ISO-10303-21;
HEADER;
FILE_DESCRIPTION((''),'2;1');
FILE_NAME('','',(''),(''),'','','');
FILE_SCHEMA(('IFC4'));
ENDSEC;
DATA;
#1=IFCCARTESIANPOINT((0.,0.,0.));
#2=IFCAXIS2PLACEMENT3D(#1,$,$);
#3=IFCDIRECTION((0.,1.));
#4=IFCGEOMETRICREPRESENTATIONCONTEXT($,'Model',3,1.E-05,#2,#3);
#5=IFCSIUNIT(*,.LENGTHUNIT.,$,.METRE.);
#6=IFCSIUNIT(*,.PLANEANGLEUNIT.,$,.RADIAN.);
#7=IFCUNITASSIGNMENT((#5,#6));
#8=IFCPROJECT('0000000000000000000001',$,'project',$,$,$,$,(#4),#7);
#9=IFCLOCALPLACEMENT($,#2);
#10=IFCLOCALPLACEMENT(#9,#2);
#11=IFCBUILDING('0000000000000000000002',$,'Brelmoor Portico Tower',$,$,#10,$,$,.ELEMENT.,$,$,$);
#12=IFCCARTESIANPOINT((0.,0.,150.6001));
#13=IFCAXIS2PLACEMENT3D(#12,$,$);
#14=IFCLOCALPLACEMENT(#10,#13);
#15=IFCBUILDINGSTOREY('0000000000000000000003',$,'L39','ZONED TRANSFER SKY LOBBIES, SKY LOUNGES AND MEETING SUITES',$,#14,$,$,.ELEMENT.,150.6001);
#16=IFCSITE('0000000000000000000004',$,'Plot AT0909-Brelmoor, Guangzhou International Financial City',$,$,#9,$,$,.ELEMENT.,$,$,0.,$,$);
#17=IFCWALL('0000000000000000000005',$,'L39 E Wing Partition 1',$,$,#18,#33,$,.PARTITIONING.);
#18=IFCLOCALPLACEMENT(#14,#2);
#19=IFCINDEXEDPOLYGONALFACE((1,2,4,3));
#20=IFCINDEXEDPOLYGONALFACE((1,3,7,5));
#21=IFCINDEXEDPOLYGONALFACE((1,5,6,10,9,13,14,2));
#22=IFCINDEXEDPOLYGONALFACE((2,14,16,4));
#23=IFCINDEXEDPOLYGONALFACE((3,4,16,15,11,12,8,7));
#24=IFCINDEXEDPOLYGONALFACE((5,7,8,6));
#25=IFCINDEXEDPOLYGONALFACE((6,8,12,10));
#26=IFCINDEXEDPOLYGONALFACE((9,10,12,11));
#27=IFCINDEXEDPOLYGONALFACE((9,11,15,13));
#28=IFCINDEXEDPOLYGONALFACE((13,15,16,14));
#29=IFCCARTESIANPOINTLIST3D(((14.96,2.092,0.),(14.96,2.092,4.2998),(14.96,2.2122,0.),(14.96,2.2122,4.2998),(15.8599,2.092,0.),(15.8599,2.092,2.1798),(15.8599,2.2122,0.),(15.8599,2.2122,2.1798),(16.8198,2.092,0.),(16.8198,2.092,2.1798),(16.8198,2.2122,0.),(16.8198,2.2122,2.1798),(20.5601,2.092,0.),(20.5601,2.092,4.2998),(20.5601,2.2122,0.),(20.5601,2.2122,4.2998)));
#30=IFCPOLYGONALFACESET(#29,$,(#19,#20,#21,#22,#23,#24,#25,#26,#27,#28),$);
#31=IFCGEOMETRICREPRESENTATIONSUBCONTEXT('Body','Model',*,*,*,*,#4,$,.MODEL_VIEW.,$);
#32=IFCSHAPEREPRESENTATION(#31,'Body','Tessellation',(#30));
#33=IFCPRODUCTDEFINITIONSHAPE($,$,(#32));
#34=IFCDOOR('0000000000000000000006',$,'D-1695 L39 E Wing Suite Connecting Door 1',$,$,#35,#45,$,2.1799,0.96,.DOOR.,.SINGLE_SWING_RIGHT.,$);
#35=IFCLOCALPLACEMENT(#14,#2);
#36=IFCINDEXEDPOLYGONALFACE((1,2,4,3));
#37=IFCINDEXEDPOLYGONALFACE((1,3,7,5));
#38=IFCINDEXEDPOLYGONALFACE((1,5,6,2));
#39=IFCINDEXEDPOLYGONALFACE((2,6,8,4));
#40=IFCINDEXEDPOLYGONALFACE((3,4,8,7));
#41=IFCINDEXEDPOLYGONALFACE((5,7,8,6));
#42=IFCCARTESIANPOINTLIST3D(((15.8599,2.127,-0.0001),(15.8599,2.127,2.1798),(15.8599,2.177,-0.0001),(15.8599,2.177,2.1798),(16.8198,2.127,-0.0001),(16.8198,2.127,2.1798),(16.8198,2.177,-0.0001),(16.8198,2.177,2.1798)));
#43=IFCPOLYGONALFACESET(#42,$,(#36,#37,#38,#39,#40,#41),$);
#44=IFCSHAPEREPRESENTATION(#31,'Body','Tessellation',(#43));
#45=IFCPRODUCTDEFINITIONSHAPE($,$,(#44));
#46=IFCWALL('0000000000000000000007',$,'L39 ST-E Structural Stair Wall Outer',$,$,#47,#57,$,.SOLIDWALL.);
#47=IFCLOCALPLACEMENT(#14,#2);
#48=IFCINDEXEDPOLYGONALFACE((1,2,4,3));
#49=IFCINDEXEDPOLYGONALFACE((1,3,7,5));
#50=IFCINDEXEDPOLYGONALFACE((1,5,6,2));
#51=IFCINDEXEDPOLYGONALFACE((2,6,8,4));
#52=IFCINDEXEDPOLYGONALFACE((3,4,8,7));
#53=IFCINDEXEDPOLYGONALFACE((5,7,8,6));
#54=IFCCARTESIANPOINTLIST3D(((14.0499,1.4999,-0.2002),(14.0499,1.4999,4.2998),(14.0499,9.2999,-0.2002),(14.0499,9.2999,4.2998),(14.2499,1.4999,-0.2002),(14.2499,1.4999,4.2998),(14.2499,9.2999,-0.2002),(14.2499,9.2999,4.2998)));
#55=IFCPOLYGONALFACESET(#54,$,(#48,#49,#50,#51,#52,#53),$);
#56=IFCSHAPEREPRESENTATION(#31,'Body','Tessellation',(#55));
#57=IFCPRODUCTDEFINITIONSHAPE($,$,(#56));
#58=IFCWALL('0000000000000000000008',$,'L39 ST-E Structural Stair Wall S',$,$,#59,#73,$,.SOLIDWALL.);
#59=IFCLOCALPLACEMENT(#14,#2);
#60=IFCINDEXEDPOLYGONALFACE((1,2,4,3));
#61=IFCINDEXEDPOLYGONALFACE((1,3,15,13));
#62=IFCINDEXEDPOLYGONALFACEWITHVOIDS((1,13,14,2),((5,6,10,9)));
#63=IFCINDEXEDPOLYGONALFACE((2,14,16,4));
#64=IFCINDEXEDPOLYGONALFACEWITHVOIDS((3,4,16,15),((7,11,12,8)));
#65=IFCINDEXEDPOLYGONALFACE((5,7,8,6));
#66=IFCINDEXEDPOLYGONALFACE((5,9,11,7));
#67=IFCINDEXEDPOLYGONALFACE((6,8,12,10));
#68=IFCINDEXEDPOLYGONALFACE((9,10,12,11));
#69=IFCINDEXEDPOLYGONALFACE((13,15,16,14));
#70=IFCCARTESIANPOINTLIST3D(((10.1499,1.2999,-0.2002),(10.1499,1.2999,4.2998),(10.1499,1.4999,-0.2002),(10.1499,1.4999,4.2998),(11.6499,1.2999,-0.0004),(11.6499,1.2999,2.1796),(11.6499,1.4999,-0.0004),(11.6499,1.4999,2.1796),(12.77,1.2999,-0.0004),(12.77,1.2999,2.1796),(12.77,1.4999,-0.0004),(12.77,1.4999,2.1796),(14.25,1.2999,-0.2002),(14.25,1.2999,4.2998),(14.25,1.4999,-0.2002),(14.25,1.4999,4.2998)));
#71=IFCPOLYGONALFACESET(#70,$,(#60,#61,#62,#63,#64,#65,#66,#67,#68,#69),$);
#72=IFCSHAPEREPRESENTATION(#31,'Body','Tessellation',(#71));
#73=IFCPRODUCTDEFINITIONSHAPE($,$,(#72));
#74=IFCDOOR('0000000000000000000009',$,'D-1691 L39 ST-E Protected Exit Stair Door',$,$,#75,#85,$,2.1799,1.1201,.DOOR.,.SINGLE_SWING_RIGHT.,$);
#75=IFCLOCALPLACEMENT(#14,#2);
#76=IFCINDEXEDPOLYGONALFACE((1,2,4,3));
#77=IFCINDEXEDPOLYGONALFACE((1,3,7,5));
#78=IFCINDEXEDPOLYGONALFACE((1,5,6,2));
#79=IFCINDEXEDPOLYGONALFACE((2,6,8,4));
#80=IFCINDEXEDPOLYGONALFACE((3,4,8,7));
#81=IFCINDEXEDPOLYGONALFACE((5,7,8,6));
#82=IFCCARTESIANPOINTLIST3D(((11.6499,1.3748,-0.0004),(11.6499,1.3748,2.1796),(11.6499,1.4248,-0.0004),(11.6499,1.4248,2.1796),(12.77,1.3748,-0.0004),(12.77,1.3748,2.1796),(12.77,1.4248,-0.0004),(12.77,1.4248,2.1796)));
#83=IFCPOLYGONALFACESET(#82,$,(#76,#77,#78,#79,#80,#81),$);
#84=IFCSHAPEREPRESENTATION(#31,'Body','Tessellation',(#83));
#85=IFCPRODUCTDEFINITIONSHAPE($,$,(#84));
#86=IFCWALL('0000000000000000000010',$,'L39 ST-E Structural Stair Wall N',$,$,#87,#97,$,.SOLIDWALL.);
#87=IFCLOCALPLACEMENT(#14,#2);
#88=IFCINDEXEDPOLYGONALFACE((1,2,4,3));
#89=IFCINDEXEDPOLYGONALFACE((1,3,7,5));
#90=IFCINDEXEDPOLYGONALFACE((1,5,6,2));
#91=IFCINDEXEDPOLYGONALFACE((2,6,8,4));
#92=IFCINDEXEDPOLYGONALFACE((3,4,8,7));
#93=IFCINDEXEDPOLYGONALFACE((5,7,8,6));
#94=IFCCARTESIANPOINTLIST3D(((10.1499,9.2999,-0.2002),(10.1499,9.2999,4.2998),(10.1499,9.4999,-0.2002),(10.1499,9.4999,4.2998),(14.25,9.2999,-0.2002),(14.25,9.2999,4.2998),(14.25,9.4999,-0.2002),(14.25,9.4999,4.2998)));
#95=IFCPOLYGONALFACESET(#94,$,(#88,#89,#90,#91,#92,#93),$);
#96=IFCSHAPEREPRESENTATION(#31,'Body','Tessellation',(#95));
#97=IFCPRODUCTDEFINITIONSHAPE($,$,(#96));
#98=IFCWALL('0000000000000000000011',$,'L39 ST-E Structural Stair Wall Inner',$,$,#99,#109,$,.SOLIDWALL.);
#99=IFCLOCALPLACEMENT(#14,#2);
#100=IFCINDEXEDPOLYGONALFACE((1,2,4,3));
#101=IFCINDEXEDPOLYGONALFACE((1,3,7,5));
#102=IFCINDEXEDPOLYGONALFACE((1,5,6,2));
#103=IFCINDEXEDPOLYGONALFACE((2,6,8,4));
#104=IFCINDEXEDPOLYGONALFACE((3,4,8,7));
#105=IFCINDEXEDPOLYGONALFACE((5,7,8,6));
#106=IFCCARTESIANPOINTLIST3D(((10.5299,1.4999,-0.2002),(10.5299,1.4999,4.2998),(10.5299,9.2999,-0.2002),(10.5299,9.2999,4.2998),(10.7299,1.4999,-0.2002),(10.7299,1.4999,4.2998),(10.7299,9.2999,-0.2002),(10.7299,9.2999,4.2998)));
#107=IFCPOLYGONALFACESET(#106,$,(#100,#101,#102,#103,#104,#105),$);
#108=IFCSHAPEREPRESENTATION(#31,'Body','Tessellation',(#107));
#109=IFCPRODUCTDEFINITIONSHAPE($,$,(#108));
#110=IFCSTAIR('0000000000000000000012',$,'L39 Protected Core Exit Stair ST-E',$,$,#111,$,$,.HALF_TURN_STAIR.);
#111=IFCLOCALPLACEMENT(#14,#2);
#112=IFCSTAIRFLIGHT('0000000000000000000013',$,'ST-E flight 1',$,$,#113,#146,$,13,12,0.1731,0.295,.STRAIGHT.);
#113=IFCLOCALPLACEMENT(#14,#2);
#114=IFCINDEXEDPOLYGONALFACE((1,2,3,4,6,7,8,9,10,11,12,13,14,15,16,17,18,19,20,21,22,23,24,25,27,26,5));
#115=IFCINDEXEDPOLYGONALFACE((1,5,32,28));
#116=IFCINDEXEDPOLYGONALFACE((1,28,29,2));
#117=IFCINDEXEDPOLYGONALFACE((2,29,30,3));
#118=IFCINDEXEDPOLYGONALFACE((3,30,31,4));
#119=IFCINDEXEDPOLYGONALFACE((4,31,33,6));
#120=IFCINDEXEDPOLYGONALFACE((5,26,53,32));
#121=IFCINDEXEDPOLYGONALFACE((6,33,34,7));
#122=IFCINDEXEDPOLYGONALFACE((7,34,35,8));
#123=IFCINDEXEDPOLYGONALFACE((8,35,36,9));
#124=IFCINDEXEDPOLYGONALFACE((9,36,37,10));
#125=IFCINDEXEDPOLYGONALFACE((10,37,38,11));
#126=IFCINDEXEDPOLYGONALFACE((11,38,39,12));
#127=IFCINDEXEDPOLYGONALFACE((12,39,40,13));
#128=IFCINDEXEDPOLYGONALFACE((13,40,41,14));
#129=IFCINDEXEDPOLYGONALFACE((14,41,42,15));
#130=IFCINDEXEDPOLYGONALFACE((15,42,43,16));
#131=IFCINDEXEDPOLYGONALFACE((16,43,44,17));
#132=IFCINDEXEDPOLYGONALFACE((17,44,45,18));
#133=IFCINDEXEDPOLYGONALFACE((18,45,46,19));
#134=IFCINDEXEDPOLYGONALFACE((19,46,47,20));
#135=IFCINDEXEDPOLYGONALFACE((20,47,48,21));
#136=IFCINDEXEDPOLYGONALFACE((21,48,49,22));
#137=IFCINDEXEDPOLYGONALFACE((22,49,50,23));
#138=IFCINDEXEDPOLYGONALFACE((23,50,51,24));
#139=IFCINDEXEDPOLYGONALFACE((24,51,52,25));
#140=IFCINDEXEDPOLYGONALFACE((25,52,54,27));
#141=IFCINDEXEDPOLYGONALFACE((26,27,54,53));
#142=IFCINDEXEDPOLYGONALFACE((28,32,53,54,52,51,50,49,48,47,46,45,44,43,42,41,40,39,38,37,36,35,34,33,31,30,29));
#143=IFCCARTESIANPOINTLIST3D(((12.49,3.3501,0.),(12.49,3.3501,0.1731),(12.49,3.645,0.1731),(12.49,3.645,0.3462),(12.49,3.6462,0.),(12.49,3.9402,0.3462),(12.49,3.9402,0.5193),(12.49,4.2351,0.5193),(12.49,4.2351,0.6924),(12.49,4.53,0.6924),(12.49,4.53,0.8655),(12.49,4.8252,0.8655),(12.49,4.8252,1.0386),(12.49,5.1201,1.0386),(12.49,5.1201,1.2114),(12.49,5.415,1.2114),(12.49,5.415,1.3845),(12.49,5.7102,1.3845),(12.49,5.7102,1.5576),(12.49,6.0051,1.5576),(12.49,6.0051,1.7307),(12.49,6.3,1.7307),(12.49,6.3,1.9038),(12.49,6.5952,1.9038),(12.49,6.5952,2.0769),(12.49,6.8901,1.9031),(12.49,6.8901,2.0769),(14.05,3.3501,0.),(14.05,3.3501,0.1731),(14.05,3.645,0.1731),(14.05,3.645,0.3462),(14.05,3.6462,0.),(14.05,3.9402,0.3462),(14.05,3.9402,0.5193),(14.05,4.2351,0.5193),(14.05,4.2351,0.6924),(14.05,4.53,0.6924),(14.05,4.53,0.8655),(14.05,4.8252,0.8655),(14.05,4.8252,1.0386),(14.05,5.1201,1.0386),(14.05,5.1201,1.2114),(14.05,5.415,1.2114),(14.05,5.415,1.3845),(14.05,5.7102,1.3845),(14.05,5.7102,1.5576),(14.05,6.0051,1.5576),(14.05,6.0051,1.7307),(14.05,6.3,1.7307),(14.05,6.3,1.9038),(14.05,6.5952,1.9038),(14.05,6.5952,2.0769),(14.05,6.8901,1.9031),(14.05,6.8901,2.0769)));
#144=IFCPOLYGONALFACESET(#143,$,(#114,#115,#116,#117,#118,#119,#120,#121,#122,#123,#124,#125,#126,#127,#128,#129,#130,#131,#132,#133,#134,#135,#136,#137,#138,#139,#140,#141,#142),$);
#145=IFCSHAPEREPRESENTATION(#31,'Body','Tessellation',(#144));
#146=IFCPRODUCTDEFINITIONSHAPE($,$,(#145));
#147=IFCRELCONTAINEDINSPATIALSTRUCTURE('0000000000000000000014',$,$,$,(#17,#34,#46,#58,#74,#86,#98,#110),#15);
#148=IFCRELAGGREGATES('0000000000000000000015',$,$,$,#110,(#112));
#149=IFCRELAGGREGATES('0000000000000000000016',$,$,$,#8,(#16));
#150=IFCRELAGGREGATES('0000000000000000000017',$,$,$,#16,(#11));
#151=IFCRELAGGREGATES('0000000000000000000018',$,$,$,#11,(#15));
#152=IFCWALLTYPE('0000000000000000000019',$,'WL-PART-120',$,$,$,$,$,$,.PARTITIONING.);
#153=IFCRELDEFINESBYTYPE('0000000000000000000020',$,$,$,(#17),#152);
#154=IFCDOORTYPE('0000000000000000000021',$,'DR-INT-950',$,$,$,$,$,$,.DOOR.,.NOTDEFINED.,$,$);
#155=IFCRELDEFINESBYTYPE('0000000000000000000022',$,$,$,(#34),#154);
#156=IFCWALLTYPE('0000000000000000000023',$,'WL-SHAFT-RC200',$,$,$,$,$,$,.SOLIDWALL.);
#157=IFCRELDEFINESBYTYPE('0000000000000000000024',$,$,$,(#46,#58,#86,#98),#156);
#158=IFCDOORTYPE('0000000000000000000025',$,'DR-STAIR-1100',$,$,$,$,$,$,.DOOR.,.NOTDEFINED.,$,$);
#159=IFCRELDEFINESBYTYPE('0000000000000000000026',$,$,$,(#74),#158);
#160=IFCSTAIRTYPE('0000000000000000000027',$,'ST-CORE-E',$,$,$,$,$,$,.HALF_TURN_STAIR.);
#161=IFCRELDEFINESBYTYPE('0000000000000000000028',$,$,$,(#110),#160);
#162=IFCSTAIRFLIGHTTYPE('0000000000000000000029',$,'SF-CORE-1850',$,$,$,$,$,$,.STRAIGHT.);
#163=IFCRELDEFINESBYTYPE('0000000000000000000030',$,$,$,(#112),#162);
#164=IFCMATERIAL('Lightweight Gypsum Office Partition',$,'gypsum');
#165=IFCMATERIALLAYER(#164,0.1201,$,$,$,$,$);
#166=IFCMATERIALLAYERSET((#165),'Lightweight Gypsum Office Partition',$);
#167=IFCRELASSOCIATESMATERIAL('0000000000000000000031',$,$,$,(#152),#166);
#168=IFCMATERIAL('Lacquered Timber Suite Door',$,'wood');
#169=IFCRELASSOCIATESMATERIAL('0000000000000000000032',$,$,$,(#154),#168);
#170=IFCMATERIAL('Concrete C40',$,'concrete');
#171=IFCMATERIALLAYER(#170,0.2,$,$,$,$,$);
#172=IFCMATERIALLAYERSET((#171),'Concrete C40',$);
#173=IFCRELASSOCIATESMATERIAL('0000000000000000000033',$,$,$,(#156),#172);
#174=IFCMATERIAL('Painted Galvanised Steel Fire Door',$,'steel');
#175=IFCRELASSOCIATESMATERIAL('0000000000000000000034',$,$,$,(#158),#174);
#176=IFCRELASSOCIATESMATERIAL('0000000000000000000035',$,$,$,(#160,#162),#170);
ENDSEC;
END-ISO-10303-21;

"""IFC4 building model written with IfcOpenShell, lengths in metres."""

from ifc_helpers import new_model, si_unit, direction, frame, frame_2d, origin, place, context, subcontext, project, spatial, polyline, rectangle, outline, extrude, material, layer, layer_set, type_object, element, fill, aggregate, save


model = new_model("IFC4")

# Units and contexts
model_context = context("Model", 3, precision=1e-05, world=origin(), true_north=direction((0.0, 1.0)))
body_context = subcontext(model_context, "Body", "Model", "MODEL_VIEW")
ifc_project = project(units=[si_unit("LENGTHUNIT", "METRE"), si_unit("PLANEANGLEUNIT", "RADIAN")], contexts=[model_context])

# Site, building, storey
site_placement = place(None, origin())
site = spatial("IfcSite", under=ifc_project, at=site_placement, Name="Plot AT0909-Brelmoor, Guangzhou International Financial City", CompositionType="ELEMENT", RefElevation=0.0)
building_placement = place(site_placement, origin())
building = spatial("IfcBuilding", under=site, at=building_placement, Name="Brelmoor Portico Tower", CompositionType="ELEMENT")
storey_placement = place(building_placement, frame((0.0, 0.0, 150.6001)))
storey = spatial("IfcBuildingStorey", under=building, at=storey_placement, Name="L39", Description="ZONED TRANSFER SKY LOBBIES, SKY LOUNGES AND MEETING SUITES", CompositionType="ELEMENT", Elevation=150.6001)

# Wall, opening, door
ifc_material_1 = material(Name="Lightweight Gypsum Office Partition", Category="gypsum")
ifc_layer_1 = layer(ifc_material_1, 0.1201)
ifc_layer_set_1 = layer_set([ifc_layer_1], Name="Lightweight Gypsum Office Partition")
wall_type_1 = type_object("IfcWallType", Name="WL-PART-120", PredefinedType="PARTITIONING", material=ifc_layer_set_1)
wall_1_placement = place(storey_placement, frame((14.96, 2.1521, 0.0), z_axis=(0.0, 0.0, 1.0), x_axis=(1.0, 0.0, 0.0)))
wall_1 = element("IfcWall", 1, at=wall_1_placement, inside=storey, type_object=wall_type_1, Name="L39 E Wing Partition 1", PredefinedType="PARTITIONING", context=body_context, shape_type="SweptSolid", body=[
    extrude(rectangle(XDim=5.6001, YDim=0.1201, at=frame_2d((2.8, 0.0))), origin(), (0.0, 0.0, 1.0), 4.2998),
])
opening_1_placement = place(wall_1_placement, frame((0.8999, 0.0, 0.0)))
opening_1 = element("IfcOpeningElement", 2, at=opening_1_placement, cuts=wall_1, PredefinedType="OPENING", context=body_context, shape_type="SweptSolid", body=[
    extrude(rectangle(XDim=0.96, YDim=2.1799, at=frame_2d((0.48, 1.0898))), frame((0.0, 0.0701, 0.0), z_axis=(0.0, -1.0, 0.0), x_axis=(1.0, 0.0, 0.0)), (0.0, 0.0, 1.0), 0.1401),
])
ifc_material_2 = material(Name="Lacquered Timber Suite Door", Category="wood")
door_type_1 = type_object("IfcDoorType", Name="DR-INT-950", OperationType="NOTDEFINED", PredefinedType="DOOR", material=ifc_material_2)
door_1_placement = place(opening_1_placement, origin())
door_1 = element("IfcDoor", 3, at=door_1_placement, inside=storey, type_object=door_type_1, Name="D-1695 L39 E Wing Suite Connecting Door 1", OperationType="SINGLE_SWING_RIGHT", OverallHeight=2.1799, OverallWidth=0.96, PredefinedType="DOOR", context=body_context, shape_type="SweptSolid", body=[
    extrude(rectangle(XDim=0.96, YDim=2.1799, at=frame_2d((0.48, 1.0898))), frame((0.0, 0.0249, 0.0), z_axis=(0.0, -1.0, 0.0), x_axis=(1.0, 0.0, 0.0)), (0.0, 0.0, 1.0), 0.05),
])
fill(opening_1, door_1)

# Wall
ifc_material_3 = material(Name="Concrete C40", Category="concrete")
ifc_layer_2 = layer(ifc_material_3, 0.2)
ifc_layer_set_2 = layer_set([ifc_layer_2], Name="Concrete C40")
wall_type_2 = type_object("IfcWallType", Name="WL-SHAFT-RC200", PredefinedType="SOLIDWALL", material=ifc_layer_set_2)
wall_2_placement = place(storey_placement, frame((14.1499, 1.5, -0.2002), z_axis=(0.0, 0.0, 1.0), x_axis=(0.0, 1.0, 0.0)))
element("IfcWall", 4, at=wall_2_placement, inside=storey, type_object=wall_type_2, Name="L39 ST-E Structural Stair Wall Outer", PredefinedType="SOLIDWALL", context=body_context, shape_type="SweptSolid", body=[
    extrude(rectangle(XDim=7.8, YDim=0.2, at=frame_2d((3.8999, 0.0))), origin(), (0.0, 0.0, 1.0), 4.5),
])

# Wall, opening, door
wall_3_placement = place(storey_placement, frame((10.1499, 1.3999, -0.2002), z_axis=(0.0, 0.0, 1.0), x_axis=(1.0, 0.0, 0.0)))
wall_3 = element("IfcWall", 5, at=wall_3_placement, inside=storey, type_object=wall_type_2, Name="L39 ST-E Structural Stair Wall S", PredefinedType="SOLIDWALL", context=body_context, shape_type="SweptSolid", body=[
    extrude(rectangle(XDim=4.1001, YDim=0.2, at=frame_2d((2.05, 0.0))), origin(), (0.0, 0.0, 1.0), 4.5),
])
opening_2_placement = place(wall_3_placement, frame((1.5, 0.0, 0.2)))
opening_2 = element("IfcOpeningElement", 6, at=opening_2_placement, cuts=wall_3, PredefinedType="OPENING", context=body_context, shape_type="SweptSolid", body=[
    extrude(rectangle(XDim=1.1201, YDim=2.1799, at=frame_2d((0.5601, 1.0898))), frame((0.0, 0.1099, 0.0), z_axis=(0.0, -1.0, 0.0), x_axis=(1.0, 0.0, 0.0)), (0.0, 0.0, 1.0), 0.22),
])
ifc_material_4 = material(Name="Painted Galvanised Steel Fire Door", Category="steel")
door_type_2 = type_object("IfcDoorType", Name="DR-STAIR-1100", OperationType="NOTDEFINED", PredefinedType="DOOR", material=ifc_material_4)
door_2_placement = place(opening_2_placement, origin())
door_2 = element("IfcDoor", 7, at=door_2_placement, inside=storey, type_object=door_type_2, Name="D-1691 L39 ST-E Protected Exit Stair Door", OperationType="SINGLE_SWING_RIGHT", OverallHeight=2.1799, OverallWidth=1.1201, PredefinedType="DOOR", context=body_context, shape_type="SweptSolid", body=[
    extrude(rectangle(XDim=1.1201, YDim=2.1799, at=frame_2d((0.5601, 1.0898))), frame((0.0, 0.0249, 0.0), z_axis=(0.0, -1.0, 0.0), x_axis=(1.0, 0.0, 0.0)), (0.0, 0.0, 1.0), 0.05),
])
fill(opening_2, door_2)

# Walls
wall_4_placement = place(storey_placement, frame((10.1499, 9.3999, -0.2002), z_axis=(0.0, 0.0, 1.0), x_axis=(1.0, 0.0, 0.0)))
element("IfcWall", 8, at=wall_4_placement, inside=storey, type_object=wall_type_2, Name="L39 ST-E Structural Stair Wall N", PredefinedType="SOLIDWALL", context=body_context, shape_type="SweptSolid", body=[
    extrude(rectangle(XDim=4.1001, YDim=0.2, at=frame_2d((2.05, 0.0))), origin(), (0.0, 0.0, 1.0), 4.5),
])
wall_5_placement = place(storey_placement, frame((10.6299, 1.5, -0.2002), z_axis=(0.0, 0.0, 1.0), x_axis=(0.0, 1.0, 0.0)))
element("IfcWall", 9, at=wall_5_placement, inside=storey, type_object=wall_type_2, Name="L39 ST-E Structural Stair Wall Inner", PredefinedType="SOLIDWALL", context=body_context, shape_type="SweptSolid", body=[
    extrude(rectangle(XDim=7.8, YDim=0.2, at=frame_2d((3.8999, 0.0))), origin(), (0.0, 0.0, 1.0), 4.5),
])

# Stair, stair flight
stair_type = type_object("IfcStairType", Name="ST-CORE-E", PredefinedType="HALF_TURN_STAIR", material=ifc_material_3)
stair_placement = place(storey_placement, origin())
stair = element("IfcStair", 10, at=stair_placement, inside=storey, type_object=stair_type, Name="L39 Protected Core Exit Stair ST-E", PredefinedType="HALF_TURN_STAIR")
stair_flight_type = type_object("IfcStairFlightType", Name="SF-CORE-1850", PredefinedType="STRAIGHT", material=ifc_material_3)
stair_flight_1_placement = place(storey_placement, frame((13.27, 3.3501, 0.0), z_axis=(0.0, 0.0, 1.0), x_axis=(0.0, 1.0, 0.0)))
stair_flight_1 = element("IfcStairFlight", 11, at=stair_flight_1_placement, type_object=stair_flight_type, Name="ST-E flight 1", NumberOfRisers=13, NumberOfTreads=12, PredefinedType="STRAIGHT", RiserHeight=0.1731, TreadLength=0.295, context=body_context, shape_type="SweptSolid", body=[
    extrude(outline(polyline([(0.0, 0.0), (0.0, 0.1731), (0.2949, 0.1731), (0.2949, 0.3462), (0.5901, 0.3462), (0.5901, 0.5193), (0.885, 0.5193), (0.885, 0.6924), (1.1799, 0.6924), (1.1799, 0.8655), (1.4751, 0.8655), (1.4751, 1.0386), (1.77, 1.0386), (1.77, 1.2114), (2.0649, 1.2114), (2.0649, 1.3845), (2.3601, 1.3845), (2.3601, 1.5576), (2.655, 1.5576), (2.655, 1.7307), (2.95, 1.7307), (2.95, 1.9038), (3.2451, 1.9038), (3.2451, 2.0769), (3.54, 2.0769), (3.54, 2.25), (3.54, 1.9031), (0.2961, 0.0), (0.0, 0.0)])), frame((0.0, 0.78, 0.0), z_axis=(0.0, -1.0, 0.0), x_axis=(1.0, 0.0, 0.0)), (0.0, 0.0, 1.0), 1.5601),
])
aggregate(stair, [stair_flight_1])

save(model, "model.ifc")
